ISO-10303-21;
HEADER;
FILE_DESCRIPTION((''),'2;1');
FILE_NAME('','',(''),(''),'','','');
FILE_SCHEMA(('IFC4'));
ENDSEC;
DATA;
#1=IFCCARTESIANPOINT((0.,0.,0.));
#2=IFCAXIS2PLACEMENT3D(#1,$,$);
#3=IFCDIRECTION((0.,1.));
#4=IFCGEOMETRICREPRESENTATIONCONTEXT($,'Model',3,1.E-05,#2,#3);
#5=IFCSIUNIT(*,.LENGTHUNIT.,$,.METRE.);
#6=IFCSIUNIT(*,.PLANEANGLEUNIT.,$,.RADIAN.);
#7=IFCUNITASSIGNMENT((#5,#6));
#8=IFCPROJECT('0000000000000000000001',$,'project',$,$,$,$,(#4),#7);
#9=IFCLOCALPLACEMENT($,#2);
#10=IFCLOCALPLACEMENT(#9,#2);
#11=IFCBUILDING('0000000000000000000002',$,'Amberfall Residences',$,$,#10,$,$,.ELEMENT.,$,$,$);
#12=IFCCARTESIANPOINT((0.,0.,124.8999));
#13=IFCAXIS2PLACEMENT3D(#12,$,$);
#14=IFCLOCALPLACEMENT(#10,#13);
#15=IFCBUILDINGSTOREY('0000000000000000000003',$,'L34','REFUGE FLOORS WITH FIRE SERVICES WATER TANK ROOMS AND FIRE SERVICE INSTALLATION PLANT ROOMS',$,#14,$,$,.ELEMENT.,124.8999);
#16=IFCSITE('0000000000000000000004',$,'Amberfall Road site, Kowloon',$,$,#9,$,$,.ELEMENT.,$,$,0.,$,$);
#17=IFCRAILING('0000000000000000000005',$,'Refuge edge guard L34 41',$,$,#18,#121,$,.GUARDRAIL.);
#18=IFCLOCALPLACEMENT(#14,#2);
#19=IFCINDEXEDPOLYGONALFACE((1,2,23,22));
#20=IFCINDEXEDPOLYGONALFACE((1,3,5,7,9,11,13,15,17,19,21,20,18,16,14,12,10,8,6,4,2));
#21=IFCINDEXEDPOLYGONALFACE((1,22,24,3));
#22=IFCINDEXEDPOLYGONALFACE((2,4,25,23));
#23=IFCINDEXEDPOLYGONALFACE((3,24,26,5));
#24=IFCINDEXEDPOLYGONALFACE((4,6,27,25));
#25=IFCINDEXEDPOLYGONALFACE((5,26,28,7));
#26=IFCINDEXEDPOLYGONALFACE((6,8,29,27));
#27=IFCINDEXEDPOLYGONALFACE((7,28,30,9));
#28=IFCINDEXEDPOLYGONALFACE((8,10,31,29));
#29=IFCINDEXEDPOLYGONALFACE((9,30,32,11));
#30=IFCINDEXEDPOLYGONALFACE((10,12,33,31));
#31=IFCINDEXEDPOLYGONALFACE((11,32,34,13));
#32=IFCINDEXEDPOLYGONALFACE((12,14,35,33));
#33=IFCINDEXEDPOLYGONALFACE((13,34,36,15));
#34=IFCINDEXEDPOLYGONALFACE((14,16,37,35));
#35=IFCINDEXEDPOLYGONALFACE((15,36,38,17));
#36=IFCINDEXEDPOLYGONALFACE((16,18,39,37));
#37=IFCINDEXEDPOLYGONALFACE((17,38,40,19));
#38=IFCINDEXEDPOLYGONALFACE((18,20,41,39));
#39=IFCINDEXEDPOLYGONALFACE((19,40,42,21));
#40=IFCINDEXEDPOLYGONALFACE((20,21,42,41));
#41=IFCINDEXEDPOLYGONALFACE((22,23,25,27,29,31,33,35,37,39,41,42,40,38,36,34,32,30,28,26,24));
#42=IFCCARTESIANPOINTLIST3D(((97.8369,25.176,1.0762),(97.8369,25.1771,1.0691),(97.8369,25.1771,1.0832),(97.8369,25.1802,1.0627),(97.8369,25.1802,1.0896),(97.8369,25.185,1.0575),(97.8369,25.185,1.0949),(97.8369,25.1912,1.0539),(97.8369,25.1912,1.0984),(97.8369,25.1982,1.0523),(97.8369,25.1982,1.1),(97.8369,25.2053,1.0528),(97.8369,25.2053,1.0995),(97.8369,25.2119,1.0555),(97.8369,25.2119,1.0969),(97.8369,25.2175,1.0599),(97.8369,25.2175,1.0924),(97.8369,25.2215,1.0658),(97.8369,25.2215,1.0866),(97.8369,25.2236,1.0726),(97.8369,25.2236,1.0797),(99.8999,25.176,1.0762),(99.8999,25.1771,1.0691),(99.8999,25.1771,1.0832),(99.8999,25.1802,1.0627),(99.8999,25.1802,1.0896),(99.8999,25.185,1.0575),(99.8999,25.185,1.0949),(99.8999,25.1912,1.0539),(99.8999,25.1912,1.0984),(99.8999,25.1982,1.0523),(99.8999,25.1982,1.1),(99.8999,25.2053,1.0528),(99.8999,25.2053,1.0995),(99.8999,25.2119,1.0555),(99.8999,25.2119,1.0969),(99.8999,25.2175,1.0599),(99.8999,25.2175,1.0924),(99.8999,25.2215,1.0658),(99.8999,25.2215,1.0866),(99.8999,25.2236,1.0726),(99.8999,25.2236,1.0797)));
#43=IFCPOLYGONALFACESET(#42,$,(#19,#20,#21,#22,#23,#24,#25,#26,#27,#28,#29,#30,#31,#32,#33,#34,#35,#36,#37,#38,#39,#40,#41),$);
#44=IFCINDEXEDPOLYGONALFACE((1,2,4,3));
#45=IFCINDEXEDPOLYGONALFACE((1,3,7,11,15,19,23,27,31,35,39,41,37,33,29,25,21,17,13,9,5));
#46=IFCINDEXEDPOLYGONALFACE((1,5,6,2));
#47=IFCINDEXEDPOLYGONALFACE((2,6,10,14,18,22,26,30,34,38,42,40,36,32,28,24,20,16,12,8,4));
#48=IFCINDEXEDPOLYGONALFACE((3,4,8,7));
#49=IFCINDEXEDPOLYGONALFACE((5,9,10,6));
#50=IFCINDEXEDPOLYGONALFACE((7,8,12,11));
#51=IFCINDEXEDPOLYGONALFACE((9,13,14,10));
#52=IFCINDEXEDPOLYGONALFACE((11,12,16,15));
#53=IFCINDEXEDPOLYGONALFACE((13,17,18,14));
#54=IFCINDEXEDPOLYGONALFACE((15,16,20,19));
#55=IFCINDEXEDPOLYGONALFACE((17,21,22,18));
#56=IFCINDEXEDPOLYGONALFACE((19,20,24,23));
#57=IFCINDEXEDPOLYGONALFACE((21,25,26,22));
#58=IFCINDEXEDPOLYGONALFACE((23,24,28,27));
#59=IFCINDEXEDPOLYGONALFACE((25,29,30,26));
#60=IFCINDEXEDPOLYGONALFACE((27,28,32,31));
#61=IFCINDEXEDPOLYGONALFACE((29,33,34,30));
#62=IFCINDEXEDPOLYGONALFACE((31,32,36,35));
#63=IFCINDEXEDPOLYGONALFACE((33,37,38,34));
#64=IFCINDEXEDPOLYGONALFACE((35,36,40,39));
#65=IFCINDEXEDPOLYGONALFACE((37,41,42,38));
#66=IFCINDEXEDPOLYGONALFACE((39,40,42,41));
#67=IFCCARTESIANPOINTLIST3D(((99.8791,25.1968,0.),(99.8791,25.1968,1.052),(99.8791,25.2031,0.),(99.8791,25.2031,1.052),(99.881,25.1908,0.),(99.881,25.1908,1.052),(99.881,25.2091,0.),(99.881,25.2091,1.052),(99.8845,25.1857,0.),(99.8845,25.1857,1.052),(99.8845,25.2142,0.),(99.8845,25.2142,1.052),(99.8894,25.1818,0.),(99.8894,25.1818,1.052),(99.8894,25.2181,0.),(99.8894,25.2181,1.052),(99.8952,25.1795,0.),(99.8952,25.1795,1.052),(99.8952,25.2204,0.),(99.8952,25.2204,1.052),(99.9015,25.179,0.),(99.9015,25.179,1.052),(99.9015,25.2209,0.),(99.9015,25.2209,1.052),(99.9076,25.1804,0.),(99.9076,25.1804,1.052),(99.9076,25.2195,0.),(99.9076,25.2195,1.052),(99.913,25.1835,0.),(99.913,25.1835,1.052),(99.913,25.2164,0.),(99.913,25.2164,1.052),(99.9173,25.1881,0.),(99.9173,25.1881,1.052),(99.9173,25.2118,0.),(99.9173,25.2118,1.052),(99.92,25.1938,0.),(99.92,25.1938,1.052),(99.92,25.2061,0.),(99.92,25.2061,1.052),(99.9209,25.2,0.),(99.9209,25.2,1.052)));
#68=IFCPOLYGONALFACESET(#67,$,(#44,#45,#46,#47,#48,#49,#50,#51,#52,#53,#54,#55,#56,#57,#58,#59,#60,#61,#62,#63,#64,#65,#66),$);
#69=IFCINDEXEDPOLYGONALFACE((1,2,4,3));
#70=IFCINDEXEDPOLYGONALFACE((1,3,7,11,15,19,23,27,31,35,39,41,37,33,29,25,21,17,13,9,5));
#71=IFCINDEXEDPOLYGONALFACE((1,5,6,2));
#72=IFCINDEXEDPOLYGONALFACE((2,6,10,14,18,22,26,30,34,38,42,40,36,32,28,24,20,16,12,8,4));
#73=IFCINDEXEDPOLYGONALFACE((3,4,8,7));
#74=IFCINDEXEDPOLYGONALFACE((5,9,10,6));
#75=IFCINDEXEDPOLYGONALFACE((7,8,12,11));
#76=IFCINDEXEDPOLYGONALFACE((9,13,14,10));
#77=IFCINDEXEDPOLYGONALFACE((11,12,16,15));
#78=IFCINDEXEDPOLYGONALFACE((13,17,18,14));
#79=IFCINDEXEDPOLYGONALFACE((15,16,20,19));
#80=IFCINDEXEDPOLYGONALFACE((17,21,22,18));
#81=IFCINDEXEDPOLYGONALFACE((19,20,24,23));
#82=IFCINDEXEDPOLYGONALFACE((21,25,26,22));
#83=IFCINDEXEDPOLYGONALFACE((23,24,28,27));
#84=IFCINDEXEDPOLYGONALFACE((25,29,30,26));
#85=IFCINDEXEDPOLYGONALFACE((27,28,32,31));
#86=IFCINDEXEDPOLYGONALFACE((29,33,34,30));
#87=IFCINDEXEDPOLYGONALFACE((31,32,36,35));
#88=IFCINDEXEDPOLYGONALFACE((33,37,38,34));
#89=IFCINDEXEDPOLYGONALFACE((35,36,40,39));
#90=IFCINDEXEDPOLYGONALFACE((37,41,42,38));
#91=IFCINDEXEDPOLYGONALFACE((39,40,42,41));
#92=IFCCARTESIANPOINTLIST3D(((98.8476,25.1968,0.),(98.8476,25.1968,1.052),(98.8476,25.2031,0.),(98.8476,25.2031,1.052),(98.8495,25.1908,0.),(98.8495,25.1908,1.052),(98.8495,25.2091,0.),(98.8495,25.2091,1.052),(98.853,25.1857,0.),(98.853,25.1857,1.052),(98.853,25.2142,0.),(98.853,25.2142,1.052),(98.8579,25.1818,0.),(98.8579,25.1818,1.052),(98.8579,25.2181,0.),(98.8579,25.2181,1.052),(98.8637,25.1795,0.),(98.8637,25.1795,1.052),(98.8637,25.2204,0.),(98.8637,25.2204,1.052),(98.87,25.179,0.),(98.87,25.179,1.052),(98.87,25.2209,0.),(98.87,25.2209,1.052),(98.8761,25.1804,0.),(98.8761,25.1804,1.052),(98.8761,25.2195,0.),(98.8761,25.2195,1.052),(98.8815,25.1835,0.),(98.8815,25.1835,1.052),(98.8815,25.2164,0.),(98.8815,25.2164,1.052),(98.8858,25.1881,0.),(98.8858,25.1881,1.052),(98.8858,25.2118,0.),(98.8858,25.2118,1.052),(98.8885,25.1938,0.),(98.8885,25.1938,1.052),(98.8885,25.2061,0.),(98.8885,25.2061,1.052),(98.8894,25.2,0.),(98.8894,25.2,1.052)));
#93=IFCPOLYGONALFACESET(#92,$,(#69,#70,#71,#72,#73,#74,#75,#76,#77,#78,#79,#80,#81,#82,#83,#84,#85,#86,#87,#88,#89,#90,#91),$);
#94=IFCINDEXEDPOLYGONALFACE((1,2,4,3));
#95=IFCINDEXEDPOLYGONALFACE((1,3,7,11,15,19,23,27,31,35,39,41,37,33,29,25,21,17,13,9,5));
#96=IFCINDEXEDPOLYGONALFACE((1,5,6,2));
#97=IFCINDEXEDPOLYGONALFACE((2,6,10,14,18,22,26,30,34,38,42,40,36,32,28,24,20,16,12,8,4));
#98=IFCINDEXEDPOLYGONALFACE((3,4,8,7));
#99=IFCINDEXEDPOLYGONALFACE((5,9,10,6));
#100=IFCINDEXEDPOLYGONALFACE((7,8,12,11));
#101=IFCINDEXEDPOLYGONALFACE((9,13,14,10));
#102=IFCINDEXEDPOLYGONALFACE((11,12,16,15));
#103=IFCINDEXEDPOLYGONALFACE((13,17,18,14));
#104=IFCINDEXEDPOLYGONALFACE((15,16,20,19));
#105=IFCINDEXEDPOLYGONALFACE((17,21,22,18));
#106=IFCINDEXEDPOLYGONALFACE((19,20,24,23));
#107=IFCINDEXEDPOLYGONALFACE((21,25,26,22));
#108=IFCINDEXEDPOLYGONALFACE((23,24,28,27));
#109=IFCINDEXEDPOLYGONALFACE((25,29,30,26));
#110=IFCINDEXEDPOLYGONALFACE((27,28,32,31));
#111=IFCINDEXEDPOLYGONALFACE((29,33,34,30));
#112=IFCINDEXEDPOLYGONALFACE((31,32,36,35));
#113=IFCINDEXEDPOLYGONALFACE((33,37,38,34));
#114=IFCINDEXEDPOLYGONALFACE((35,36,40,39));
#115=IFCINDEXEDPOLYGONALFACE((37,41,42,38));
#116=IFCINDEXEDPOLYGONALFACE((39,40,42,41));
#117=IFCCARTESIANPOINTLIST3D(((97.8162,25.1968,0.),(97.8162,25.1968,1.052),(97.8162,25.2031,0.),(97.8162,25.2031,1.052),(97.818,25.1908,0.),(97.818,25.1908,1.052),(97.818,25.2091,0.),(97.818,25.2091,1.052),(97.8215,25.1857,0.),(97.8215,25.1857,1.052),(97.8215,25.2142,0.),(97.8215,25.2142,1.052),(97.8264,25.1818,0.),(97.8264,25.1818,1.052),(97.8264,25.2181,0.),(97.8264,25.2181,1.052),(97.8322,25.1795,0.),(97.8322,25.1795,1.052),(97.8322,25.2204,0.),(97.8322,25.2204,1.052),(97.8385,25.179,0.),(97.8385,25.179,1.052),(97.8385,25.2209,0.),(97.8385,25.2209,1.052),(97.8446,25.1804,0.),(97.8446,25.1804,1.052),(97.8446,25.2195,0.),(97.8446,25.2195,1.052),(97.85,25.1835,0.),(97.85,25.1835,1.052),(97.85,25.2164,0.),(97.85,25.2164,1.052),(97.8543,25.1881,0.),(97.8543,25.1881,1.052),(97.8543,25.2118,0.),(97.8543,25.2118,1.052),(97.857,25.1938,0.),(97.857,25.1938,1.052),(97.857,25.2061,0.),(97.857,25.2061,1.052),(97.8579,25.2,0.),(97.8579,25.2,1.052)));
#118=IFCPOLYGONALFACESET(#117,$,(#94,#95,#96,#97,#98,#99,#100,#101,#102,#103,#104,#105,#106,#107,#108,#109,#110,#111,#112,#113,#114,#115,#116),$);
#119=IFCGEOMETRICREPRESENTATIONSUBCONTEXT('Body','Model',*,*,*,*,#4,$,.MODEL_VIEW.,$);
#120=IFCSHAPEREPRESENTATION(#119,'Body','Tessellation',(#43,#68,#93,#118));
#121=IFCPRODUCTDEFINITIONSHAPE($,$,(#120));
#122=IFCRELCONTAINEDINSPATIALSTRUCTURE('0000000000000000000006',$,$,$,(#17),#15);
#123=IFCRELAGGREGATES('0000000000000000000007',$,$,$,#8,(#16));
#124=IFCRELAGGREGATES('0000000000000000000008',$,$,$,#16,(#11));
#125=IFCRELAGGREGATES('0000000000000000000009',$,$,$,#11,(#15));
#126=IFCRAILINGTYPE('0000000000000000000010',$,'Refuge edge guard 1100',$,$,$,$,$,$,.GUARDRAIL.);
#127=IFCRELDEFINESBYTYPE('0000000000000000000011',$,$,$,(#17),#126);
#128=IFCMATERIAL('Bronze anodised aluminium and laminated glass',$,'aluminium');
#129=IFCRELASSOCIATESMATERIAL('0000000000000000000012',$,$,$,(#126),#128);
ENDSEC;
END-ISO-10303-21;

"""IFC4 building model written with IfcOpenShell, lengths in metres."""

from ifc_helpers import new_model, si_unit, direction, frame, origin, origin_2d, place, context, subcontext, project, spatial, circle, extrude, material, type_object, element, save


model = new_model("IFC4")

# Units and contexts
model_context = context("Model", 3, precision=1e-05, world=origin(), true_north=direction((0.0, 1.0)))
body_context = subcontext(model_context, "Body", "Model", "MODEL_VIEW")
ifc_project = project(units=[si_unit("LENGTHUNIT", "METRE"), si_unit("PLANEANGLEUNIT", "RADIAN")], contexts=[model_context])

# Site, building, storey
site_placement = place(None, origin())
site = spatial("IfcSite", under=ifc_project, at=site_placement, Name="Amberfall Road site, Kowloon", CompositionType="ELEMENT", RefElevation=0.0)
building_placement = place(site_placement, origin())
building = spatial("IfcBuilding", under=site, at=building_placement, Name="Amberfall Residences", CompositionType="ELEMENT")
storey_placement = place(building_placement, frame((0.0, 0.0, 124.8999)))
storey = spatial("IfcBuildingStorey", under=building, at=storey_placement, Name="L34", Description="REFUGE FLOORS WITH FIRE SERVICES WATER TANK ROOMS AND FIRE SERVICE INSTALLATION PLANT ROOMS", CompositionType="ELEMENT", Elevation=124.8999)

# Railing
ifc_material_1 = material(Name="Bronze anodised aluminium and laminated glass", Category="aluminium")
railing_type = type_object("IfcRailingType", Name="Refuge edge guard 1100", PredefinedType="GUARDRAIL", material=ifc_material_1)
railing_1_placement = place(storey_placement, frame((99.8999, 25.2, 0.0)))
element("IfcRailing", 1, at=railing_1_placement, inside=storey, type_object=railing_type, Name="Refuge edge guard L34 41", PredefinedType="GUARDRAIL", context=body_context, shape_type="SweptSolid", body=[
    extrude(circle(Radius=0.0239, at=origin_2d()), frame((0.0, 0.0, 1.0762), z_axis=(-1.0, 0.0, 0.0), x_axis=(0.0, -1.0, 0.0)), (0.0, 0.0, 1.0), 2.063),
    extrude(circle(Radius=0.021, at=origin_2d()), origin(), (0.0, 0.0, 1.0), 1.052),
    extrude(circle(Radius=0.021, at=origin_2d()), frame((-1.0315, 0.0, 0.0)), (0.0, 0.0, 1.0), 1.052),
    extrude(circle(Radius=0.021, at=origin_2d()), frame((-2.063, 0.0, 0.0)), (0.0, 0.0, 1.0), 1.052),
])

save(model, "model.ifc")
